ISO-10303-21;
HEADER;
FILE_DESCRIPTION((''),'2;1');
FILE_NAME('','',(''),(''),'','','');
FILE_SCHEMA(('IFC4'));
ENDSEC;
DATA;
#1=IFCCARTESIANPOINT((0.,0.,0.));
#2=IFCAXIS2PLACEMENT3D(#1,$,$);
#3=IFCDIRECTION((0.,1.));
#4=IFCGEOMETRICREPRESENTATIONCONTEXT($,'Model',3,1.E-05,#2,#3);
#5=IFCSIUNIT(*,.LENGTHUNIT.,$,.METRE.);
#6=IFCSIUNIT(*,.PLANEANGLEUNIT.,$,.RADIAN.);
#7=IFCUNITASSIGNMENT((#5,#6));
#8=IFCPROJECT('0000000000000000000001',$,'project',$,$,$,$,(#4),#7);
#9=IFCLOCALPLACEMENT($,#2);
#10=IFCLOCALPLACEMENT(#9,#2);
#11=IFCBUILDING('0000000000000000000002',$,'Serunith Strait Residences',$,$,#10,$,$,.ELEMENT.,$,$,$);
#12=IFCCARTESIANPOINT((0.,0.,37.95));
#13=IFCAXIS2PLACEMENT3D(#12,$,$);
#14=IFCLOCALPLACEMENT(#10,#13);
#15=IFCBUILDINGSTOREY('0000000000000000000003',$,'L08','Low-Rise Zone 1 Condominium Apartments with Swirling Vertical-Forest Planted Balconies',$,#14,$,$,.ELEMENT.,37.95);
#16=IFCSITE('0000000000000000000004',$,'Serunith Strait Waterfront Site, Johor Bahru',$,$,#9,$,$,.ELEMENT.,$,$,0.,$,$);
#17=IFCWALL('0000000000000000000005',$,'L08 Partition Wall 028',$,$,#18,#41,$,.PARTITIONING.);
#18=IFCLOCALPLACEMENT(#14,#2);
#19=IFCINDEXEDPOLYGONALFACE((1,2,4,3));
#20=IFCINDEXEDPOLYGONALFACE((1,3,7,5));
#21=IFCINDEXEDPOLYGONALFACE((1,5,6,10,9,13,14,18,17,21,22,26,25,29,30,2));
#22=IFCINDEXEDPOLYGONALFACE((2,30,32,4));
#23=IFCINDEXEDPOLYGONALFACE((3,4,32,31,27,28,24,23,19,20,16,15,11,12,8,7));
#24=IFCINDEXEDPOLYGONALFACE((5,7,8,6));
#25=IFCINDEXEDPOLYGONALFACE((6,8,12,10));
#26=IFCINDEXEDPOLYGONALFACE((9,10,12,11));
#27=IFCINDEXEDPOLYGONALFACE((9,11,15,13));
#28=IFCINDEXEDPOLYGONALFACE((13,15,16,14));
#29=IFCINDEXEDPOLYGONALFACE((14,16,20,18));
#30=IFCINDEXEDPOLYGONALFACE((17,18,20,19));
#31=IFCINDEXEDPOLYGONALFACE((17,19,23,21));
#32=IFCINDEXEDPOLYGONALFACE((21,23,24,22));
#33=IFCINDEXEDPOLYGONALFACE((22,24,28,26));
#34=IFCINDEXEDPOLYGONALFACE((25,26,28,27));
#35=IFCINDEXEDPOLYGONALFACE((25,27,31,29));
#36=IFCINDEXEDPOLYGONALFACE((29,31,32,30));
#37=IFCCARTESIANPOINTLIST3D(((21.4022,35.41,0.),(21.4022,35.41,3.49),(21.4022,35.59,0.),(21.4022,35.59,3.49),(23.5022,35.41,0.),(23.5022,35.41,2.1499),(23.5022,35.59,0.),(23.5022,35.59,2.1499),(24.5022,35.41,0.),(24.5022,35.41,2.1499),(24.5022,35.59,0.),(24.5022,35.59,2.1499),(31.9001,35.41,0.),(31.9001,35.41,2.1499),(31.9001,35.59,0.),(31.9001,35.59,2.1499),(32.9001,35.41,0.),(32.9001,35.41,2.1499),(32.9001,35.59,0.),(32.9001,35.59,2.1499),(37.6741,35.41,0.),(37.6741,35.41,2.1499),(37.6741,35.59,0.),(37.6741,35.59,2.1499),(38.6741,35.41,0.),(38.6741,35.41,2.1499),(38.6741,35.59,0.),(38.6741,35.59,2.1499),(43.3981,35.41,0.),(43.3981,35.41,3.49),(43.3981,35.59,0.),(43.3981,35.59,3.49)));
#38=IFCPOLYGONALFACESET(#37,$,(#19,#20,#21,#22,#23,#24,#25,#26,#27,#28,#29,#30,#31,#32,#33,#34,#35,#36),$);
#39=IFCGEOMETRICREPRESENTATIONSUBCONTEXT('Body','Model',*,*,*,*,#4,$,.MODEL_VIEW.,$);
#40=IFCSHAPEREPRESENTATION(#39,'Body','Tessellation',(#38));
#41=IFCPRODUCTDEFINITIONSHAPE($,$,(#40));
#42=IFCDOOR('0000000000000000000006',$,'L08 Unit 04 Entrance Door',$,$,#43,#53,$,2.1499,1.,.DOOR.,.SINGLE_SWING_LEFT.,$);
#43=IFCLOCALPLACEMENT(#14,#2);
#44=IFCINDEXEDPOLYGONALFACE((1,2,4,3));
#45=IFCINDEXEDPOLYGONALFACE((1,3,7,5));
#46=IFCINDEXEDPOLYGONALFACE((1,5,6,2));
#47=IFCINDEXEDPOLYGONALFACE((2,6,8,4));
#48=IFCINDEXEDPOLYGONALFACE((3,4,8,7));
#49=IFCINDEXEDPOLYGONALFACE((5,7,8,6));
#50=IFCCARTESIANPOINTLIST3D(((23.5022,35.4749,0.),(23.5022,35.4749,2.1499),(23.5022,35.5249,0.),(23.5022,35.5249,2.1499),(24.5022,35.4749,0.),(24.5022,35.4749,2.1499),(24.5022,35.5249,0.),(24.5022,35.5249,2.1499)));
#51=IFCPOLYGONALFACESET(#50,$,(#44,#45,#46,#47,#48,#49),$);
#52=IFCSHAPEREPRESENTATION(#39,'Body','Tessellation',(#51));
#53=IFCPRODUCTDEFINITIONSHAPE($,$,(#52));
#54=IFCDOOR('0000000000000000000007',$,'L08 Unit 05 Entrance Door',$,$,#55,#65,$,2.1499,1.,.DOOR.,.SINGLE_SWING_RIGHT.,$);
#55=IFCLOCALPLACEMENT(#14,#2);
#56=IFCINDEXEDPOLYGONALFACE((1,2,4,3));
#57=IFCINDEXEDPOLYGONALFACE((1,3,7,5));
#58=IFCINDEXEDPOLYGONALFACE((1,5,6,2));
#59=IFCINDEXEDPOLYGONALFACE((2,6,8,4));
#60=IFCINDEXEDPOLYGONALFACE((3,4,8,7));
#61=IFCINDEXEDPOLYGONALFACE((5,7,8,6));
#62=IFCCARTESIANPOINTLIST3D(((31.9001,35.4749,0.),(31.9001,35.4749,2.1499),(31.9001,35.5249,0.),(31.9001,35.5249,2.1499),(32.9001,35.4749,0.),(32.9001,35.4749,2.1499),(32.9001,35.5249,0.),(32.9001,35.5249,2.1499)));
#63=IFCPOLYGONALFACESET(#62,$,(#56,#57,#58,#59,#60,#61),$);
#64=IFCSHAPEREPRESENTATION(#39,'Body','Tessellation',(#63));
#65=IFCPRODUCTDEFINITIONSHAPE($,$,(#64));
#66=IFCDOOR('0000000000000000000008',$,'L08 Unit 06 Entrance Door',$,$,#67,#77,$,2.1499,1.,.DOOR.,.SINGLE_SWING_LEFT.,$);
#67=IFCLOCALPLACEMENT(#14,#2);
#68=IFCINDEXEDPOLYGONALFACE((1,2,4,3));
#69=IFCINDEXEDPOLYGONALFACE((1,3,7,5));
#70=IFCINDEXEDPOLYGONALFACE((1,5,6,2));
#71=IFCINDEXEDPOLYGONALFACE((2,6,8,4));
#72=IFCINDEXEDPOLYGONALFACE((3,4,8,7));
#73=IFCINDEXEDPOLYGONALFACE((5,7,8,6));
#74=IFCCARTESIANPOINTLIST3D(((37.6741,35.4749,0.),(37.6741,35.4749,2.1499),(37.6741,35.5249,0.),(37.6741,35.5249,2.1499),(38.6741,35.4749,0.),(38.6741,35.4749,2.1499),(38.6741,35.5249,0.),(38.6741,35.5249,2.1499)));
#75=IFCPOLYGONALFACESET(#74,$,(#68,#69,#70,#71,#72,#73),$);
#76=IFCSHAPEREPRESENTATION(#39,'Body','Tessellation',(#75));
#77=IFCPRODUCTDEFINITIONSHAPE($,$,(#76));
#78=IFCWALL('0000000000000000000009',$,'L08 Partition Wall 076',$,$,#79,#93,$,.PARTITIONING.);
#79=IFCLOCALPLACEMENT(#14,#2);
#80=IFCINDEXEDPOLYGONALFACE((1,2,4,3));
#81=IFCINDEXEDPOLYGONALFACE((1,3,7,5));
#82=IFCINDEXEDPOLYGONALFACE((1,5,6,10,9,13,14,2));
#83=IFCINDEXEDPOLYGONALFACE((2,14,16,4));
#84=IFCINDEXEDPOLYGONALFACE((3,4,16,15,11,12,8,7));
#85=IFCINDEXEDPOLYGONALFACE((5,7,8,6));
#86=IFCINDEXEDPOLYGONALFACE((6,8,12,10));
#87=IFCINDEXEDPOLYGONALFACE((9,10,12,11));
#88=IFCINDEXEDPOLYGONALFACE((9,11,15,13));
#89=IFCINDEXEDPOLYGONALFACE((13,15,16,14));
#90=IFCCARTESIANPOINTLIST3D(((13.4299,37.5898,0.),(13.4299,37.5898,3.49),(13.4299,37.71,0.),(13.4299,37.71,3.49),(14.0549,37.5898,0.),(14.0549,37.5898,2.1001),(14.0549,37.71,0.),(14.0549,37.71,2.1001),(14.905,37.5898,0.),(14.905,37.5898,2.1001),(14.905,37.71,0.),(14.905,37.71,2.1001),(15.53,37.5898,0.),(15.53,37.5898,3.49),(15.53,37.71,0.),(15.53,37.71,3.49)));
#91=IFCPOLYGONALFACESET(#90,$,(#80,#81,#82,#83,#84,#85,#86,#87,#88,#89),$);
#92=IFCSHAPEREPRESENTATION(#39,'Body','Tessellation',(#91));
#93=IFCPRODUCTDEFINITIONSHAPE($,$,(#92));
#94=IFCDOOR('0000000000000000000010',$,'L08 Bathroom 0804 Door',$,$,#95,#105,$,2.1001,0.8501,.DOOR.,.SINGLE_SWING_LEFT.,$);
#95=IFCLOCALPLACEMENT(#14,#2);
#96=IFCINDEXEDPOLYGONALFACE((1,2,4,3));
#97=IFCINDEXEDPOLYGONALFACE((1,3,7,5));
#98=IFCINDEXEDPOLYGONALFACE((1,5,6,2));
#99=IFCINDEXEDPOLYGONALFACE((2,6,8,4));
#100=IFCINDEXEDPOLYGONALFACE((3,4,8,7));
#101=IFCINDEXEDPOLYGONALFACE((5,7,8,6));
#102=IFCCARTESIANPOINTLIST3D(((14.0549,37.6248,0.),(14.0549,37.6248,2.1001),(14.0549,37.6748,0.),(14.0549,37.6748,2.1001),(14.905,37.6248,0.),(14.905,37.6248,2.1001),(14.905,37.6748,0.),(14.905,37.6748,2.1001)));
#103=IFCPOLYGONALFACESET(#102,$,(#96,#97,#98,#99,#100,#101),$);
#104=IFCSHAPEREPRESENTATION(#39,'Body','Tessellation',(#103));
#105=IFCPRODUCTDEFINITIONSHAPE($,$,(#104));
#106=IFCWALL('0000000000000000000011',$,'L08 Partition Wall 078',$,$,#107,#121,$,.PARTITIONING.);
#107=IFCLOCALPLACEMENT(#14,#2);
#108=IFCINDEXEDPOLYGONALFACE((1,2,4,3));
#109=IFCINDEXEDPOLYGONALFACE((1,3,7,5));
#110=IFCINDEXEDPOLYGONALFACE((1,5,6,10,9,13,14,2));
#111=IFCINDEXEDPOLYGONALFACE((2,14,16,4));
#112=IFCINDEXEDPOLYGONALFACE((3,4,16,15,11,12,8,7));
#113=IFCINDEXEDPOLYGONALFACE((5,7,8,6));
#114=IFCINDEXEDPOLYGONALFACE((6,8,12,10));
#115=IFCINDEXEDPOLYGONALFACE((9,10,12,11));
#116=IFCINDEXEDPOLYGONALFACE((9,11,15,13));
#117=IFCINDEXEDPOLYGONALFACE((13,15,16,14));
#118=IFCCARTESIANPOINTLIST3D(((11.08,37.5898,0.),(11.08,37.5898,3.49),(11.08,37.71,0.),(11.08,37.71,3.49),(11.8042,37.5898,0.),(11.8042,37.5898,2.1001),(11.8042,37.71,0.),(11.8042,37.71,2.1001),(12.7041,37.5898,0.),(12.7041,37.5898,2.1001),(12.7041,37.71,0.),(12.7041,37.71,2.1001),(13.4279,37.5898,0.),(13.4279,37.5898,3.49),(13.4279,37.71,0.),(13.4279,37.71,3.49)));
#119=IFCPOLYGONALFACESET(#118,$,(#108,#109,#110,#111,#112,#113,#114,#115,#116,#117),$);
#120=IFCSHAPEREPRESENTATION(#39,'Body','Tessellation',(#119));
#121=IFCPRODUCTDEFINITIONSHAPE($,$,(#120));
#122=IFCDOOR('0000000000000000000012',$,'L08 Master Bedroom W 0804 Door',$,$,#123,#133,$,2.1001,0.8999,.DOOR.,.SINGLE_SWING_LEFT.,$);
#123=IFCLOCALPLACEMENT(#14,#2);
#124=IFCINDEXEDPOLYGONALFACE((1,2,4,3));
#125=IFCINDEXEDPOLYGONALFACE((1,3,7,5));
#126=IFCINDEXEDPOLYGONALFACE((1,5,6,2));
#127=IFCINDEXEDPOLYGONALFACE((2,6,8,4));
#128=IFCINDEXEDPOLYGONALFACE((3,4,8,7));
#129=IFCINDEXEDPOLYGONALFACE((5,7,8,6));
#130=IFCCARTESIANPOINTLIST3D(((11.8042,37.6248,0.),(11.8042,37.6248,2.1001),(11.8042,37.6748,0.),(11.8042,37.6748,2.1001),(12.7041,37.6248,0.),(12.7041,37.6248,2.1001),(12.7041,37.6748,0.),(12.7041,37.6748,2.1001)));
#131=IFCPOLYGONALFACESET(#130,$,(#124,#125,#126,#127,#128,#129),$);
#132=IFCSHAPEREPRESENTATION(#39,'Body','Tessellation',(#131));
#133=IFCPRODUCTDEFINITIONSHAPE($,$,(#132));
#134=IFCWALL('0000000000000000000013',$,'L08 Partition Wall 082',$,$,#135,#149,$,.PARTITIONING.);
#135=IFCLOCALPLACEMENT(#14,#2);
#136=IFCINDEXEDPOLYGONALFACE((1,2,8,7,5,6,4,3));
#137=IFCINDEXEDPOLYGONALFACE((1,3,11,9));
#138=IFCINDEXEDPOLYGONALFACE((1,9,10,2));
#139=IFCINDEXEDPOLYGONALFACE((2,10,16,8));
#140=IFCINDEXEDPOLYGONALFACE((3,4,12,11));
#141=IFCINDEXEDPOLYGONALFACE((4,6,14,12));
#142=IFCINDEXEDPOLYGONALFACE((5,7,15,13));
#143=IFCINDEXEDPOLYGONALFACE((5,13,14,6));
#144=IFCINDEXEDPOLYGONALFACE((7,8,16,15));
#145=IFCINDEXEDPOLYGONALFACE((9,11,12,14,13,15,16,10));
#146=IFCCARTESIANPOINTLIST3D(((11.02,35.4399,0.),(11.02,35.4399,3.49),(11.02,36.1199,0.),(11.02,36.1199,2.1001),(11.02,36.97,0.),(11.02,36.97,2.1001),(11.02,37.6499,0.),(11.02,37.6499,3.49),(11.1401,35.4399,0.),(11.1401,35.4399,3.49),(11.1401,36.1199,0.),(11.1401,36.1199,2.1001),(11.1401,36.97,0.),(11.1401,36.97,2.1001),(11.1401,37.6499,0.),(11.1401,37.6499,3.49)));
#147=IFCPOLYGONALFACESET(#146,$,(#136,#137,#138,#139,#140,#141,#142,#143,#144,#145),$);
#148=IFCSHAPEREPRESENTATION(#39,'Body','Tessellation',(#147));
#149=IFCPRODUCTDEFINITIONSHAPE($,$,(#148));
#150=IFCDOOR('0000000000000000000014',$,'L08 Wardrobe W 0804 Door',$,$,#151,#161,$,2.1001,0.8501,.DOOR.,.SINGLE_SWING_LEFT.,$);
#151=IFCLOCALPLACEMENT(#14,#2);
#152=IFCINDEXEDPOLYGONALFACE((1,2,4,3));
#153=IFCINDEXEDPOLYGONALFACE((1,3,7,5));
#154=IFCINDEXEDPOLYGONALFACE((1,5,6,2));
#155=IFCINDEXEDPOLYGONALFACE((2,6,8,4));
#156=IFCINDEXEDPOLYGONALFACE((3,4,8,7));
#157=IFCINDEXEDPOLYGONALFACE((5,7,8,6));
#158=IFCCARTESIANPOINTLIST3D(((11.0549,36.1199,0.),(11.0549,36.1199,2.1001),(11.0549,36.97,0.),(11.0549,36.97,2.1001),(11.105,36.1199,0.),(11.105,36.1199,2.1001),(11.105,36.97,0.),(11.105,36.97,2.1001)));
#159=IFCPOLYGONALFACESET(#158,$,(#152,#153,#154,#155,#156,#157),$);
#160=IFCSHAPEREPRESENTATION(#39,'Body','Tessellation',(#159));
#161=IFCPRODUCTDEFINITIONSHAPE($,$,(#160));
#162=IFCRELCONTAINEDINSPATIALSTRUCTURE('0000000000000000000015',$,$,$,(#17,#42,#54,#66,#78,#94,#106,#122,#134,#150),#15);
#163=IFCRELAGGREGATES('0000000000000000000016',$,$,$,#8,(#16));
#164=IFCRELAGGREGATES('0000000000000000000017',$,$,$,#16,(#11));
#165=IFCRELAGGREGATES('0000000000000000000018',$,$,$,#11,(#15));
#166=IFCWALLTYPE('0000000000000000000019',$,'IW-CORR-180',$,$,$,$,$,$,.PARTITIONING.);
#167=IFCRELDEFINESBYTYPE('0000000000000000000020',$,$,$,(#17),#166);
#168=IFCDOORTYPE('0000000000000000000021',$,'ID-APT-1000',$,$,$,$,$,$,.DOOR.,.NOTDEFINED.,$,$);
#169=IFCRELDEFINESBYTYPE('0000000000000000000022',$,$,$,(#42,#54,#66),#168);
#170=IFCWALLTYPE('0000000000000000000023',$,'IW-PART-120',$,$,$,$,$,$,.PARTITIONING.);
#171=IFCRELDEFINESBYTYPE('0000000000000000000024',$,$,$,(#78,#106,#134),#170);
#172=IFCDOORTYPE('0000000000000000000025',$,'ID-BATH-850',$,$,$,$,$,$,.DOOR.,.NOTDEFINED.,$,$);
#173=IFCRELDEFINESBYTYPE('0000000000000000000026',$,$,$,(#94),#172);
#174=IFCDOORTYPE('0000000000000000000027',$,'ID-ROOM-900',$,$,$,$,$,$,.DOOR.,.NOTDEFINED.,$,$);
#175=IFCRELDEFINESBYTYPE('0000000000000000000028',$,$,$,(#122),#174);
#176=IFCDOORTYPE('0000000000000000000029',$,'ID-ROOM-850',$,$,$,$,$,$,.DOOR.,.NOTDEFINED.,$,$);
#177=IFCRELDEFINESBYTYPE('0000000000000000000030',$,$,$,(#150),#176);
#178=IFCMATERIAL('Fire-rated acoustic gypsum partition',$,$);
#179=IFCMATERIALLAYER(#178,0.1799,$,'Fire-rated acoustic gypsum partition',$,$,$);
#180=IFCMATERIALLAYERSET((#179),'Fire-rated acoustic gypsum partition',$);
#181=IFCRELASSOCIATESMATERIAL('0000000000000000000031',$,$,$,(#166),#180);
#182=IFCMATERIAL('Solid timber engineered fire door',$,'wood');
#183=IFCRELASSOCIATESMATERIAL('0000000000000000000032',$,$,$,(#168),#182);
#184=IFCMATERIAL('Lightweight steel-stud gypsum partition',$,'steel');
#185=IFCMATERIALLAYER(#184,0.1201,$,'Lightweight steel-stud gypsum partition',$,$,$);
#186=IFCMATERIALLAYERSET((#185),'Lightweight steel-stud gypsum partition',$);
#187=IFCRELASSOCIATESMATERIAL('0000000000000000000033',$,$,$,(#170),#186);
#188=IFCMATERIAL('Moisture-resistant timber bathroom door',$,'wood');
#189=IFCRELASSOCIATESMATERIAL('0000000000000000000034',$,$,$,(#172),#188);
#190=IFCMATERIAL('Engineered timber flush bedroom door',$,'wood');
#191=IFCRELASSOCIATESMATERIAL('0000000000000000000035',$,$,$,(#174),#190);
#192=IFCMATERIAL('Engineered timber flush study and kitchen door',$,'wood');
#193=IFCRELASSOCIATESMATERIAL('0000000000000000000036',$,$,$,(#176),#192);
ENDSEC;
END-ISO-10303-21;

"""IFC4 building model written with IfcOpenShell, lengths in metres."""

from ifc_helpers import new_model, si_unit, direction, frame, frame_2d, origin, place, context, subcontext, project, spatial, rectangle, extrude, source, transform, mapped, material, layer, layer_set, type_object, element, fill, save


model = new_model("IFC4")

# Units and contexts
model_context = context("Model", 3, precision=1e-05, world=origin(), true_north=direction((0.0, 1.0)))
body_context = subcontext(model_context, "Body", "Model", "MODEL_VIEW")
ifc_project = project(units=[si_unit("LENGTHUNIT", "METRE"), si_unit("PLANEANGLEUNIT", "RADIAN")], contexts=[model_context])

# Site, building, storey
site_placement = place(None, origin())
site = spatial("IfcSite", under=ifc_project, at=site_placement, Name="Serunith Strait Waterfront Site, Johor Bahru", CompositionType="ELEMENT", RefElevation=0.0)
building_placement = place(site_placement, origin())
building = spatial("IfcBuilding", under=site, at=building_placement, Name="Serunith Strait Residences", CompositionType="ELEMENT")
storey_placement = place(building_placement, frame((0.0, 0.0, 37.95)))
storey = spatial("IfcBuildingStorey", under=building, at=storey_placement, Name="L08", Description="Low-Rise Zone 1 Condominium Apartments with Swirling Vertical-Forest Planted Balconies", CompositionType="ELEMENT", Elevation=37.95)

# Wall, openings, doors
ifc_material_1 = material(Name="Fire-rated acoustic gypsum partition")
ifc_layer_1 = layer(ifc_material_1, 0.1799, Name="Fire-rated acoustic gypsum partition")
ifc_layer_set_1 = layer_set([ifc_layer_1], Name="Fire-rated acoustic gypsum partition")
wall_type_1 = type_object("IfcWallType", Name="IW-CORR-180", PredefinedType="PARTITIONING", material=ifc_layer_set_1)
wall_1_placement = place(storey_placement, frame((21.4021, 35.5, 0.0), z_axis=(0.0, 0.0, 1.0), x_axis=(1.0, 0.0, 0.0)))
wall_1 = element("IfcWall", 1, at=wall_1_placement, inside=storey, type_object=wall_type_1, Name="L08 Partition Wall 028", PredefinedType="PARTITIONING", context=body_context, shape_type="SweptSolid", body=[
    extrude(rectangle(XDim=21.9958, YDim=0.1799, at=frame_2d((10.998, 0.0))), origin(), (0.0, 0.0, 1.0), 3.49),
])
opening_1_placement = place(wall_1_placement, frame((2.1001, 0.0, 0.0)))
opening_1 = element("IfcOpeningElement", 2, at=opening_1_placement, cuts=wall_1, PredefinedType="OPENING", context=body_context, shape_type="SweptSolid", body=[
    extrude(rectangle(XDim=1.0, YDim=2.1499, at=frame_2d((0.5, 1.075))), frame((0.0, 0.1001, 0.0), z_axis=(0.0, -1.0, 0.0), x_axis=(1.0, 0.0, 0.0)), (0.0, 0.0, 1.0), 0.2),
])
opening_2_placement = place(wall_1_placement, frame((10.498, 0.0, 0.0)))
opening_2 = element("IfcOpeningElement", 3, at=opening_2_placement, cuts=wall_1, PredefinedType="OPENING", context=body_context, shape_type="SweptSolid", body=[
    extrude(rectangle(XDim=1.0, YDim=2.1499, at=frame_2d((0.5, 1.075))), frame((0.0, 0.1001, 0.0), z_axis=(0.0, -1.0, 0.0), x_axis=(1.0, 0.0, 0.0)), (0.0, 0.0, 1.0), 0.2),
])
opening_3_placement = place(wall_1_placement, frame((16.272, 0.0, 0.0)))
opening_3 = element("IfcOpeningElement", 4, at=opening_3_placement, cuts=wall_1, PredefinedType="OPENING", context=body_context, shape_type="SweptSolid", body=[
    extrude(rectangle(XDim=1.0, YDim=2.1499, at=frame_2d((0.5, 1.075))), frame((0.0, 0.1001, 0.0), z_axis=(0.0, -1.0, 0.0), x_axis=(1.0, 0.0, 0.0)), (0.0, 0.0, 1.0), 0.2),
])
ifc_material_2 = material(Name="Solid timber engineered fire door", Category="wood")
door_type_1 = type_object("IfcDoorType", Name="ID-APT-1000", OperationType="NOTDEFINED", PredefinedType="DOOR", material=ifc_material_2)
shared_shape_1 = source(origin(), body_context, "Body", "SweptSolid", [
    extrude(rectangle(XDim=1.0, YDim=2.1499, at=frame_2d((0.5, 1.075))), frame((0.0, 0.0249, 0.0), z_axis=(0.0, -1.0, 0.0), x_axis=(1.0, 0.0, 0.0)), (0.0, 0.0, 1.0), 0.05),
])
door_1_placement = place(opening_1_placement, origin())
door_1 = element("IfcDoor", 5, at=door_1_placement, inside=storey, type_object=door_type_1, Name="L08 Unit 04 Entrance Door", OperationType="SINGLE_SWING_LEFT", OverallHeight=2.1499, OverallWidth=1.0, PredefinedType="DOOR", context=body_context, shape_type="MappedRepresentation", body=[
    mapped(shared_shape_1, transform((0.0, 0.0, 0.0), scale=1.0)),
])
fill(opening_1, door_1)
door_2_placement = place(opening_2_placement, origin())
door_2 = element("IfcDoor", 6, at=door_2_placement, inside=storey, type_object=door_type_1, Name="L08 Unit 05 Entrance Door", OperationType="SINGLE_SWING_RIGHT", OverallHeight=2.1499, OverallWidth=1.0, PredefinedType="DOOR", context=body_context, shape_type="MappedRepresentation", body=[
    mapped(shared_shape_1, transform((0.0, 0.0, 0.0), scale=1.0)),
])
fill(opening_2, door_2)
door_3_placement = place(opening_3_placement, origin())
door_3 = element("IfcDoor", 7, at=door_3_placement, inside=storey, type_object=door_type_1, Name="L08 Unit 06 Entrance Door", OperationType="SINGLE_SWING_LEFT", OverallHeight=2.1499, OverallWidth=1.0, PredefinedType="DOOR", context=body_context, shape_type="MappedRepresentation", body=[
    mapped(shared_shape_1, transform((0.0, 0.0, 0.0), scale=1.0)),
])
fill(opening_3, door_3)

# Walls, openings, doors
ifc_material_3 = material(Name="Lightweight steel-stud gypsum partition", Category="steel")
ifc_layer_2 = layer(ifc_material_3, 0.1201, Name="Lightweight steel-stud gypsum partition")
ifc_layer_set_2 = layer_set([ifc_layer_2], Name="Lightweight steel-stud gypsum partition")
wall_type_2 = type_object("IfcWallType", Name="IW-PART-120", PredefinedType="PARTITIONING", material=ifc_layer_set_2)
wall_2_placement = place(storey_placement, frame((13.4299, 37.6499, 0.0), z_axis=(0.0, 0.0, 1.0), x_axis=(1.0, 0.0, 0.0)))
wall_2 = element("IfcWall", 8, at=wall_2_placement, inside=storey, type_object=wall_type_2, Name="L08 Partition Wall 076", PredefinedType="PARTITIONING", context=body_context, shape_type="SweptSolid", body=[
    extrude(rectangle(XDim=2.1001, YDim=0.1201, at=frame_2d((1.05, 0.0))), origin(), (0.0, 0.0, 1.0), 3.49),
])
opening_4_placement = place(wall_2_placement, frame((0.625, 0.0, 0.0)))
opening_4 = element("IfcOpeningElement", 9, at=opening_4_placement, cuts=wall_2, PredefinedType="OPENING", context=body_context, shape_type="SweptSolid", body=[
    extrude(rectangle(XDim=0.8501, YDim=2.1001, at=frame_2d((0.425, 1.05))), frame((0.0, 0.0701, 0.0), z_axis=(0.0, -1.0, 0.0), x_axis=(1.0, 0.0, 0.0)), (0.0, 0.0, 1.0), 0.1401),
])
ifc_material_4 = material(Name="Moisture-resistant timber bathroom door", Category="wood")
door_type_2 = type_object("IfcDoorType", Name="ID-BATH-850", OperationType="NOTDEFINED", PredefinedType="DOOR", material=ifc_material_4)
shared_shape_2 = source(origin(), body_context, "Body", "SweptSolid", [
    extrude(rectangle(XDim=0.8501, YDim=2.1001, at=frame_2d((0.425, 1.05))), frame((0.0, 0.0249, 0.0), z_axis=(0.0, -1.0, 0.0), x_axis=(1.0, 0.0, 0.0)), (0.0, 0.0, 1.0), 0.05),
])
door_4_placement = place(opening_4_placement, origin())
door_4 = element("IfcDoor", 10, at=door_4_placement, inside=storey, type_object=door_type_2, Name="L08 Bathroom 0804 Door", OperationType="SINGLE_SWING_LEFT", OverallHeight=2.1001, OverallWidth=0.8501, PredefinedType="DOOR", context=body_context, shape_type="MappedRepresentation", body=[
    mapped(shared_shape_2, transform((0.0, 0.0, 0.0), scale=1.0)),
])
fill(opening_4, door_4)
wall_3_placement = place(storey_placement, frame((11.0801, 37.6499, 0.0), z_axis=(0.0, 0.0, 1.0), x_axis=(1.0, 0.0, 0.0)))
wall_3 = element("IfcWall", 11, at=wall_3_placement, inside=storey, type_object=wall_type_2, Name="L08 Partition Wall 078", PredefinedType="PARTITIONING", context=body_context, shape_type="SweptSolid", body=[
    extrude(rectangle(XDim=2.3479, YDim=0.1201, at=frame_2d((1.1738, 0.0))), origin(), (0.0, 0.0, 1.0), 3.49),
])
opening_5_placement = place(wall_3_placement, frame((0.7241, 0.0, 0.0)))
opening_5 = element("IfcOpeningElement", 12, at=opening_5_placement, cuts=wall_3, PredefinedType="OPENING", context=body_context, shape_type="SweptSolid", body=[
    extrude(rectangle(XDim=0.8999, YDim=2.1001, at=frame_2d((0.45, 1.05))), frame((0.0, 0.0701, 0.0), z_axis=(0.0, -1.0, 0.0), x_axis=(1.0, 0.0, 0.0)), (0.0, 0.0, 1.0), 0.1401),
])
ifc_material_5 = material(Name="Engineered timber flush bedroom door", Category="wood")
door_type_3 = type_object("IfcDoorType", Name="ID-ROOM-900", OperationType="NOTDEFINED", PredefinedType="DOOR", material=ifc_material_5)
shared_shape_3 = source(origin(), body_context, "Body", "SweptSolid", [
    extrude(rectangle(XDim=0.8999, YDim=2.1001, at=frame_2d((0.45, 1.05))), frame((0.0, 0.0249, 0.0), z_axis=(0.0, -1.0, 0.0), x_axis=(1.0, 0.0, 0.0)), (0.0, 0.0, 1.0), 0.05),
])
door_5_placement = place(opening_5_placement, origin())
door_5 = element("IfcDoor", 13, at=door_5_placement, inside=storey, type_object=door_type_3, Name="L08 Master Bedroom W 0804 Door", OperationType="SINGLE_SWING_LEFT", OverallHeight=2.1001, OverallWidth=0.8999, PredefinedType="DOOR", context=body_context, shape_type="MappedRepresentation", body=[
    mapped(shared_shape_3, transform((0.0, 0.0, 0.0), scale=1.0)),
])
fill(opening_5, door_5)
wall_4_placement = place(storey_placement, frame((11.0801, 37.6499, 0.0), z_axis=(0.0, 0.0, 1.0), x_axis=(0.0, -1.0, 0.0)))
wall_4 = element("IfcWall", 14, at=wall_4_placement, inside=storey, type_object=wall_type_2, Name="L08 Partition Wall 082", PredefinedType="PARTITIONING", context=body_context, shape_type="SweptSolid", body=[
    extrude(rectangle(XDim=2.21, YDim=0.1201, at=frame_2d((1.105, 0.0))), origin(), (0.0, 0.0, 1.0), 3.49),
])
opening_6_placement = place(wall_4_placement, frame((0.6799, 0.0, 0.0)))
opening_6 = element("IfcOpeningElement", 15, at=opening_6_placement, cuts=wall_4, PredefinedType="OPENING", context=body_context, shape_type="SweptSolid", body=[
    extrude(rectangle(XDim=0.8501, YDim=2.1001, at=frame_2d((0.425, 1.05))), frame((0.0, 0.0701, 0.0), z_axis=(0.0, -1.0, 0.0), x_axis=(1.0, 0.0, 0.0)), (0.0, 0.0, 1.0), 0.1401),
])
ifc_material_6 = material(Name="Engineered timber flush study and kitchen door", Category="wood")
door_type_4 = type_object("IfcDoorType", Name="ID-ROOM-850", OperationType="NOTDEFINED", PredefinedType="DOOR", material=ifc_material_6)
door_6_placement = place(opening_6_placement, origin())
door_6 = element("IfcDoor", 16, at=door_6_placement, inside=storey, type_object=door_type_4, Name="L08 Wardrobe W 0804 Door", OperationType="SINGLE_SWING_LEFT", OverallHeight=2.1001, OverallWidth=0.8501, PredefinedType="DOOR", context=body_context, shape_type="MappedRepresentation", body=[
    mapped(shared_shape_2, transform((0.0, 0.0, 0.0), scale=1.0)),
])
fill(opening_6, door_6)

save(model, "model.ifc")
